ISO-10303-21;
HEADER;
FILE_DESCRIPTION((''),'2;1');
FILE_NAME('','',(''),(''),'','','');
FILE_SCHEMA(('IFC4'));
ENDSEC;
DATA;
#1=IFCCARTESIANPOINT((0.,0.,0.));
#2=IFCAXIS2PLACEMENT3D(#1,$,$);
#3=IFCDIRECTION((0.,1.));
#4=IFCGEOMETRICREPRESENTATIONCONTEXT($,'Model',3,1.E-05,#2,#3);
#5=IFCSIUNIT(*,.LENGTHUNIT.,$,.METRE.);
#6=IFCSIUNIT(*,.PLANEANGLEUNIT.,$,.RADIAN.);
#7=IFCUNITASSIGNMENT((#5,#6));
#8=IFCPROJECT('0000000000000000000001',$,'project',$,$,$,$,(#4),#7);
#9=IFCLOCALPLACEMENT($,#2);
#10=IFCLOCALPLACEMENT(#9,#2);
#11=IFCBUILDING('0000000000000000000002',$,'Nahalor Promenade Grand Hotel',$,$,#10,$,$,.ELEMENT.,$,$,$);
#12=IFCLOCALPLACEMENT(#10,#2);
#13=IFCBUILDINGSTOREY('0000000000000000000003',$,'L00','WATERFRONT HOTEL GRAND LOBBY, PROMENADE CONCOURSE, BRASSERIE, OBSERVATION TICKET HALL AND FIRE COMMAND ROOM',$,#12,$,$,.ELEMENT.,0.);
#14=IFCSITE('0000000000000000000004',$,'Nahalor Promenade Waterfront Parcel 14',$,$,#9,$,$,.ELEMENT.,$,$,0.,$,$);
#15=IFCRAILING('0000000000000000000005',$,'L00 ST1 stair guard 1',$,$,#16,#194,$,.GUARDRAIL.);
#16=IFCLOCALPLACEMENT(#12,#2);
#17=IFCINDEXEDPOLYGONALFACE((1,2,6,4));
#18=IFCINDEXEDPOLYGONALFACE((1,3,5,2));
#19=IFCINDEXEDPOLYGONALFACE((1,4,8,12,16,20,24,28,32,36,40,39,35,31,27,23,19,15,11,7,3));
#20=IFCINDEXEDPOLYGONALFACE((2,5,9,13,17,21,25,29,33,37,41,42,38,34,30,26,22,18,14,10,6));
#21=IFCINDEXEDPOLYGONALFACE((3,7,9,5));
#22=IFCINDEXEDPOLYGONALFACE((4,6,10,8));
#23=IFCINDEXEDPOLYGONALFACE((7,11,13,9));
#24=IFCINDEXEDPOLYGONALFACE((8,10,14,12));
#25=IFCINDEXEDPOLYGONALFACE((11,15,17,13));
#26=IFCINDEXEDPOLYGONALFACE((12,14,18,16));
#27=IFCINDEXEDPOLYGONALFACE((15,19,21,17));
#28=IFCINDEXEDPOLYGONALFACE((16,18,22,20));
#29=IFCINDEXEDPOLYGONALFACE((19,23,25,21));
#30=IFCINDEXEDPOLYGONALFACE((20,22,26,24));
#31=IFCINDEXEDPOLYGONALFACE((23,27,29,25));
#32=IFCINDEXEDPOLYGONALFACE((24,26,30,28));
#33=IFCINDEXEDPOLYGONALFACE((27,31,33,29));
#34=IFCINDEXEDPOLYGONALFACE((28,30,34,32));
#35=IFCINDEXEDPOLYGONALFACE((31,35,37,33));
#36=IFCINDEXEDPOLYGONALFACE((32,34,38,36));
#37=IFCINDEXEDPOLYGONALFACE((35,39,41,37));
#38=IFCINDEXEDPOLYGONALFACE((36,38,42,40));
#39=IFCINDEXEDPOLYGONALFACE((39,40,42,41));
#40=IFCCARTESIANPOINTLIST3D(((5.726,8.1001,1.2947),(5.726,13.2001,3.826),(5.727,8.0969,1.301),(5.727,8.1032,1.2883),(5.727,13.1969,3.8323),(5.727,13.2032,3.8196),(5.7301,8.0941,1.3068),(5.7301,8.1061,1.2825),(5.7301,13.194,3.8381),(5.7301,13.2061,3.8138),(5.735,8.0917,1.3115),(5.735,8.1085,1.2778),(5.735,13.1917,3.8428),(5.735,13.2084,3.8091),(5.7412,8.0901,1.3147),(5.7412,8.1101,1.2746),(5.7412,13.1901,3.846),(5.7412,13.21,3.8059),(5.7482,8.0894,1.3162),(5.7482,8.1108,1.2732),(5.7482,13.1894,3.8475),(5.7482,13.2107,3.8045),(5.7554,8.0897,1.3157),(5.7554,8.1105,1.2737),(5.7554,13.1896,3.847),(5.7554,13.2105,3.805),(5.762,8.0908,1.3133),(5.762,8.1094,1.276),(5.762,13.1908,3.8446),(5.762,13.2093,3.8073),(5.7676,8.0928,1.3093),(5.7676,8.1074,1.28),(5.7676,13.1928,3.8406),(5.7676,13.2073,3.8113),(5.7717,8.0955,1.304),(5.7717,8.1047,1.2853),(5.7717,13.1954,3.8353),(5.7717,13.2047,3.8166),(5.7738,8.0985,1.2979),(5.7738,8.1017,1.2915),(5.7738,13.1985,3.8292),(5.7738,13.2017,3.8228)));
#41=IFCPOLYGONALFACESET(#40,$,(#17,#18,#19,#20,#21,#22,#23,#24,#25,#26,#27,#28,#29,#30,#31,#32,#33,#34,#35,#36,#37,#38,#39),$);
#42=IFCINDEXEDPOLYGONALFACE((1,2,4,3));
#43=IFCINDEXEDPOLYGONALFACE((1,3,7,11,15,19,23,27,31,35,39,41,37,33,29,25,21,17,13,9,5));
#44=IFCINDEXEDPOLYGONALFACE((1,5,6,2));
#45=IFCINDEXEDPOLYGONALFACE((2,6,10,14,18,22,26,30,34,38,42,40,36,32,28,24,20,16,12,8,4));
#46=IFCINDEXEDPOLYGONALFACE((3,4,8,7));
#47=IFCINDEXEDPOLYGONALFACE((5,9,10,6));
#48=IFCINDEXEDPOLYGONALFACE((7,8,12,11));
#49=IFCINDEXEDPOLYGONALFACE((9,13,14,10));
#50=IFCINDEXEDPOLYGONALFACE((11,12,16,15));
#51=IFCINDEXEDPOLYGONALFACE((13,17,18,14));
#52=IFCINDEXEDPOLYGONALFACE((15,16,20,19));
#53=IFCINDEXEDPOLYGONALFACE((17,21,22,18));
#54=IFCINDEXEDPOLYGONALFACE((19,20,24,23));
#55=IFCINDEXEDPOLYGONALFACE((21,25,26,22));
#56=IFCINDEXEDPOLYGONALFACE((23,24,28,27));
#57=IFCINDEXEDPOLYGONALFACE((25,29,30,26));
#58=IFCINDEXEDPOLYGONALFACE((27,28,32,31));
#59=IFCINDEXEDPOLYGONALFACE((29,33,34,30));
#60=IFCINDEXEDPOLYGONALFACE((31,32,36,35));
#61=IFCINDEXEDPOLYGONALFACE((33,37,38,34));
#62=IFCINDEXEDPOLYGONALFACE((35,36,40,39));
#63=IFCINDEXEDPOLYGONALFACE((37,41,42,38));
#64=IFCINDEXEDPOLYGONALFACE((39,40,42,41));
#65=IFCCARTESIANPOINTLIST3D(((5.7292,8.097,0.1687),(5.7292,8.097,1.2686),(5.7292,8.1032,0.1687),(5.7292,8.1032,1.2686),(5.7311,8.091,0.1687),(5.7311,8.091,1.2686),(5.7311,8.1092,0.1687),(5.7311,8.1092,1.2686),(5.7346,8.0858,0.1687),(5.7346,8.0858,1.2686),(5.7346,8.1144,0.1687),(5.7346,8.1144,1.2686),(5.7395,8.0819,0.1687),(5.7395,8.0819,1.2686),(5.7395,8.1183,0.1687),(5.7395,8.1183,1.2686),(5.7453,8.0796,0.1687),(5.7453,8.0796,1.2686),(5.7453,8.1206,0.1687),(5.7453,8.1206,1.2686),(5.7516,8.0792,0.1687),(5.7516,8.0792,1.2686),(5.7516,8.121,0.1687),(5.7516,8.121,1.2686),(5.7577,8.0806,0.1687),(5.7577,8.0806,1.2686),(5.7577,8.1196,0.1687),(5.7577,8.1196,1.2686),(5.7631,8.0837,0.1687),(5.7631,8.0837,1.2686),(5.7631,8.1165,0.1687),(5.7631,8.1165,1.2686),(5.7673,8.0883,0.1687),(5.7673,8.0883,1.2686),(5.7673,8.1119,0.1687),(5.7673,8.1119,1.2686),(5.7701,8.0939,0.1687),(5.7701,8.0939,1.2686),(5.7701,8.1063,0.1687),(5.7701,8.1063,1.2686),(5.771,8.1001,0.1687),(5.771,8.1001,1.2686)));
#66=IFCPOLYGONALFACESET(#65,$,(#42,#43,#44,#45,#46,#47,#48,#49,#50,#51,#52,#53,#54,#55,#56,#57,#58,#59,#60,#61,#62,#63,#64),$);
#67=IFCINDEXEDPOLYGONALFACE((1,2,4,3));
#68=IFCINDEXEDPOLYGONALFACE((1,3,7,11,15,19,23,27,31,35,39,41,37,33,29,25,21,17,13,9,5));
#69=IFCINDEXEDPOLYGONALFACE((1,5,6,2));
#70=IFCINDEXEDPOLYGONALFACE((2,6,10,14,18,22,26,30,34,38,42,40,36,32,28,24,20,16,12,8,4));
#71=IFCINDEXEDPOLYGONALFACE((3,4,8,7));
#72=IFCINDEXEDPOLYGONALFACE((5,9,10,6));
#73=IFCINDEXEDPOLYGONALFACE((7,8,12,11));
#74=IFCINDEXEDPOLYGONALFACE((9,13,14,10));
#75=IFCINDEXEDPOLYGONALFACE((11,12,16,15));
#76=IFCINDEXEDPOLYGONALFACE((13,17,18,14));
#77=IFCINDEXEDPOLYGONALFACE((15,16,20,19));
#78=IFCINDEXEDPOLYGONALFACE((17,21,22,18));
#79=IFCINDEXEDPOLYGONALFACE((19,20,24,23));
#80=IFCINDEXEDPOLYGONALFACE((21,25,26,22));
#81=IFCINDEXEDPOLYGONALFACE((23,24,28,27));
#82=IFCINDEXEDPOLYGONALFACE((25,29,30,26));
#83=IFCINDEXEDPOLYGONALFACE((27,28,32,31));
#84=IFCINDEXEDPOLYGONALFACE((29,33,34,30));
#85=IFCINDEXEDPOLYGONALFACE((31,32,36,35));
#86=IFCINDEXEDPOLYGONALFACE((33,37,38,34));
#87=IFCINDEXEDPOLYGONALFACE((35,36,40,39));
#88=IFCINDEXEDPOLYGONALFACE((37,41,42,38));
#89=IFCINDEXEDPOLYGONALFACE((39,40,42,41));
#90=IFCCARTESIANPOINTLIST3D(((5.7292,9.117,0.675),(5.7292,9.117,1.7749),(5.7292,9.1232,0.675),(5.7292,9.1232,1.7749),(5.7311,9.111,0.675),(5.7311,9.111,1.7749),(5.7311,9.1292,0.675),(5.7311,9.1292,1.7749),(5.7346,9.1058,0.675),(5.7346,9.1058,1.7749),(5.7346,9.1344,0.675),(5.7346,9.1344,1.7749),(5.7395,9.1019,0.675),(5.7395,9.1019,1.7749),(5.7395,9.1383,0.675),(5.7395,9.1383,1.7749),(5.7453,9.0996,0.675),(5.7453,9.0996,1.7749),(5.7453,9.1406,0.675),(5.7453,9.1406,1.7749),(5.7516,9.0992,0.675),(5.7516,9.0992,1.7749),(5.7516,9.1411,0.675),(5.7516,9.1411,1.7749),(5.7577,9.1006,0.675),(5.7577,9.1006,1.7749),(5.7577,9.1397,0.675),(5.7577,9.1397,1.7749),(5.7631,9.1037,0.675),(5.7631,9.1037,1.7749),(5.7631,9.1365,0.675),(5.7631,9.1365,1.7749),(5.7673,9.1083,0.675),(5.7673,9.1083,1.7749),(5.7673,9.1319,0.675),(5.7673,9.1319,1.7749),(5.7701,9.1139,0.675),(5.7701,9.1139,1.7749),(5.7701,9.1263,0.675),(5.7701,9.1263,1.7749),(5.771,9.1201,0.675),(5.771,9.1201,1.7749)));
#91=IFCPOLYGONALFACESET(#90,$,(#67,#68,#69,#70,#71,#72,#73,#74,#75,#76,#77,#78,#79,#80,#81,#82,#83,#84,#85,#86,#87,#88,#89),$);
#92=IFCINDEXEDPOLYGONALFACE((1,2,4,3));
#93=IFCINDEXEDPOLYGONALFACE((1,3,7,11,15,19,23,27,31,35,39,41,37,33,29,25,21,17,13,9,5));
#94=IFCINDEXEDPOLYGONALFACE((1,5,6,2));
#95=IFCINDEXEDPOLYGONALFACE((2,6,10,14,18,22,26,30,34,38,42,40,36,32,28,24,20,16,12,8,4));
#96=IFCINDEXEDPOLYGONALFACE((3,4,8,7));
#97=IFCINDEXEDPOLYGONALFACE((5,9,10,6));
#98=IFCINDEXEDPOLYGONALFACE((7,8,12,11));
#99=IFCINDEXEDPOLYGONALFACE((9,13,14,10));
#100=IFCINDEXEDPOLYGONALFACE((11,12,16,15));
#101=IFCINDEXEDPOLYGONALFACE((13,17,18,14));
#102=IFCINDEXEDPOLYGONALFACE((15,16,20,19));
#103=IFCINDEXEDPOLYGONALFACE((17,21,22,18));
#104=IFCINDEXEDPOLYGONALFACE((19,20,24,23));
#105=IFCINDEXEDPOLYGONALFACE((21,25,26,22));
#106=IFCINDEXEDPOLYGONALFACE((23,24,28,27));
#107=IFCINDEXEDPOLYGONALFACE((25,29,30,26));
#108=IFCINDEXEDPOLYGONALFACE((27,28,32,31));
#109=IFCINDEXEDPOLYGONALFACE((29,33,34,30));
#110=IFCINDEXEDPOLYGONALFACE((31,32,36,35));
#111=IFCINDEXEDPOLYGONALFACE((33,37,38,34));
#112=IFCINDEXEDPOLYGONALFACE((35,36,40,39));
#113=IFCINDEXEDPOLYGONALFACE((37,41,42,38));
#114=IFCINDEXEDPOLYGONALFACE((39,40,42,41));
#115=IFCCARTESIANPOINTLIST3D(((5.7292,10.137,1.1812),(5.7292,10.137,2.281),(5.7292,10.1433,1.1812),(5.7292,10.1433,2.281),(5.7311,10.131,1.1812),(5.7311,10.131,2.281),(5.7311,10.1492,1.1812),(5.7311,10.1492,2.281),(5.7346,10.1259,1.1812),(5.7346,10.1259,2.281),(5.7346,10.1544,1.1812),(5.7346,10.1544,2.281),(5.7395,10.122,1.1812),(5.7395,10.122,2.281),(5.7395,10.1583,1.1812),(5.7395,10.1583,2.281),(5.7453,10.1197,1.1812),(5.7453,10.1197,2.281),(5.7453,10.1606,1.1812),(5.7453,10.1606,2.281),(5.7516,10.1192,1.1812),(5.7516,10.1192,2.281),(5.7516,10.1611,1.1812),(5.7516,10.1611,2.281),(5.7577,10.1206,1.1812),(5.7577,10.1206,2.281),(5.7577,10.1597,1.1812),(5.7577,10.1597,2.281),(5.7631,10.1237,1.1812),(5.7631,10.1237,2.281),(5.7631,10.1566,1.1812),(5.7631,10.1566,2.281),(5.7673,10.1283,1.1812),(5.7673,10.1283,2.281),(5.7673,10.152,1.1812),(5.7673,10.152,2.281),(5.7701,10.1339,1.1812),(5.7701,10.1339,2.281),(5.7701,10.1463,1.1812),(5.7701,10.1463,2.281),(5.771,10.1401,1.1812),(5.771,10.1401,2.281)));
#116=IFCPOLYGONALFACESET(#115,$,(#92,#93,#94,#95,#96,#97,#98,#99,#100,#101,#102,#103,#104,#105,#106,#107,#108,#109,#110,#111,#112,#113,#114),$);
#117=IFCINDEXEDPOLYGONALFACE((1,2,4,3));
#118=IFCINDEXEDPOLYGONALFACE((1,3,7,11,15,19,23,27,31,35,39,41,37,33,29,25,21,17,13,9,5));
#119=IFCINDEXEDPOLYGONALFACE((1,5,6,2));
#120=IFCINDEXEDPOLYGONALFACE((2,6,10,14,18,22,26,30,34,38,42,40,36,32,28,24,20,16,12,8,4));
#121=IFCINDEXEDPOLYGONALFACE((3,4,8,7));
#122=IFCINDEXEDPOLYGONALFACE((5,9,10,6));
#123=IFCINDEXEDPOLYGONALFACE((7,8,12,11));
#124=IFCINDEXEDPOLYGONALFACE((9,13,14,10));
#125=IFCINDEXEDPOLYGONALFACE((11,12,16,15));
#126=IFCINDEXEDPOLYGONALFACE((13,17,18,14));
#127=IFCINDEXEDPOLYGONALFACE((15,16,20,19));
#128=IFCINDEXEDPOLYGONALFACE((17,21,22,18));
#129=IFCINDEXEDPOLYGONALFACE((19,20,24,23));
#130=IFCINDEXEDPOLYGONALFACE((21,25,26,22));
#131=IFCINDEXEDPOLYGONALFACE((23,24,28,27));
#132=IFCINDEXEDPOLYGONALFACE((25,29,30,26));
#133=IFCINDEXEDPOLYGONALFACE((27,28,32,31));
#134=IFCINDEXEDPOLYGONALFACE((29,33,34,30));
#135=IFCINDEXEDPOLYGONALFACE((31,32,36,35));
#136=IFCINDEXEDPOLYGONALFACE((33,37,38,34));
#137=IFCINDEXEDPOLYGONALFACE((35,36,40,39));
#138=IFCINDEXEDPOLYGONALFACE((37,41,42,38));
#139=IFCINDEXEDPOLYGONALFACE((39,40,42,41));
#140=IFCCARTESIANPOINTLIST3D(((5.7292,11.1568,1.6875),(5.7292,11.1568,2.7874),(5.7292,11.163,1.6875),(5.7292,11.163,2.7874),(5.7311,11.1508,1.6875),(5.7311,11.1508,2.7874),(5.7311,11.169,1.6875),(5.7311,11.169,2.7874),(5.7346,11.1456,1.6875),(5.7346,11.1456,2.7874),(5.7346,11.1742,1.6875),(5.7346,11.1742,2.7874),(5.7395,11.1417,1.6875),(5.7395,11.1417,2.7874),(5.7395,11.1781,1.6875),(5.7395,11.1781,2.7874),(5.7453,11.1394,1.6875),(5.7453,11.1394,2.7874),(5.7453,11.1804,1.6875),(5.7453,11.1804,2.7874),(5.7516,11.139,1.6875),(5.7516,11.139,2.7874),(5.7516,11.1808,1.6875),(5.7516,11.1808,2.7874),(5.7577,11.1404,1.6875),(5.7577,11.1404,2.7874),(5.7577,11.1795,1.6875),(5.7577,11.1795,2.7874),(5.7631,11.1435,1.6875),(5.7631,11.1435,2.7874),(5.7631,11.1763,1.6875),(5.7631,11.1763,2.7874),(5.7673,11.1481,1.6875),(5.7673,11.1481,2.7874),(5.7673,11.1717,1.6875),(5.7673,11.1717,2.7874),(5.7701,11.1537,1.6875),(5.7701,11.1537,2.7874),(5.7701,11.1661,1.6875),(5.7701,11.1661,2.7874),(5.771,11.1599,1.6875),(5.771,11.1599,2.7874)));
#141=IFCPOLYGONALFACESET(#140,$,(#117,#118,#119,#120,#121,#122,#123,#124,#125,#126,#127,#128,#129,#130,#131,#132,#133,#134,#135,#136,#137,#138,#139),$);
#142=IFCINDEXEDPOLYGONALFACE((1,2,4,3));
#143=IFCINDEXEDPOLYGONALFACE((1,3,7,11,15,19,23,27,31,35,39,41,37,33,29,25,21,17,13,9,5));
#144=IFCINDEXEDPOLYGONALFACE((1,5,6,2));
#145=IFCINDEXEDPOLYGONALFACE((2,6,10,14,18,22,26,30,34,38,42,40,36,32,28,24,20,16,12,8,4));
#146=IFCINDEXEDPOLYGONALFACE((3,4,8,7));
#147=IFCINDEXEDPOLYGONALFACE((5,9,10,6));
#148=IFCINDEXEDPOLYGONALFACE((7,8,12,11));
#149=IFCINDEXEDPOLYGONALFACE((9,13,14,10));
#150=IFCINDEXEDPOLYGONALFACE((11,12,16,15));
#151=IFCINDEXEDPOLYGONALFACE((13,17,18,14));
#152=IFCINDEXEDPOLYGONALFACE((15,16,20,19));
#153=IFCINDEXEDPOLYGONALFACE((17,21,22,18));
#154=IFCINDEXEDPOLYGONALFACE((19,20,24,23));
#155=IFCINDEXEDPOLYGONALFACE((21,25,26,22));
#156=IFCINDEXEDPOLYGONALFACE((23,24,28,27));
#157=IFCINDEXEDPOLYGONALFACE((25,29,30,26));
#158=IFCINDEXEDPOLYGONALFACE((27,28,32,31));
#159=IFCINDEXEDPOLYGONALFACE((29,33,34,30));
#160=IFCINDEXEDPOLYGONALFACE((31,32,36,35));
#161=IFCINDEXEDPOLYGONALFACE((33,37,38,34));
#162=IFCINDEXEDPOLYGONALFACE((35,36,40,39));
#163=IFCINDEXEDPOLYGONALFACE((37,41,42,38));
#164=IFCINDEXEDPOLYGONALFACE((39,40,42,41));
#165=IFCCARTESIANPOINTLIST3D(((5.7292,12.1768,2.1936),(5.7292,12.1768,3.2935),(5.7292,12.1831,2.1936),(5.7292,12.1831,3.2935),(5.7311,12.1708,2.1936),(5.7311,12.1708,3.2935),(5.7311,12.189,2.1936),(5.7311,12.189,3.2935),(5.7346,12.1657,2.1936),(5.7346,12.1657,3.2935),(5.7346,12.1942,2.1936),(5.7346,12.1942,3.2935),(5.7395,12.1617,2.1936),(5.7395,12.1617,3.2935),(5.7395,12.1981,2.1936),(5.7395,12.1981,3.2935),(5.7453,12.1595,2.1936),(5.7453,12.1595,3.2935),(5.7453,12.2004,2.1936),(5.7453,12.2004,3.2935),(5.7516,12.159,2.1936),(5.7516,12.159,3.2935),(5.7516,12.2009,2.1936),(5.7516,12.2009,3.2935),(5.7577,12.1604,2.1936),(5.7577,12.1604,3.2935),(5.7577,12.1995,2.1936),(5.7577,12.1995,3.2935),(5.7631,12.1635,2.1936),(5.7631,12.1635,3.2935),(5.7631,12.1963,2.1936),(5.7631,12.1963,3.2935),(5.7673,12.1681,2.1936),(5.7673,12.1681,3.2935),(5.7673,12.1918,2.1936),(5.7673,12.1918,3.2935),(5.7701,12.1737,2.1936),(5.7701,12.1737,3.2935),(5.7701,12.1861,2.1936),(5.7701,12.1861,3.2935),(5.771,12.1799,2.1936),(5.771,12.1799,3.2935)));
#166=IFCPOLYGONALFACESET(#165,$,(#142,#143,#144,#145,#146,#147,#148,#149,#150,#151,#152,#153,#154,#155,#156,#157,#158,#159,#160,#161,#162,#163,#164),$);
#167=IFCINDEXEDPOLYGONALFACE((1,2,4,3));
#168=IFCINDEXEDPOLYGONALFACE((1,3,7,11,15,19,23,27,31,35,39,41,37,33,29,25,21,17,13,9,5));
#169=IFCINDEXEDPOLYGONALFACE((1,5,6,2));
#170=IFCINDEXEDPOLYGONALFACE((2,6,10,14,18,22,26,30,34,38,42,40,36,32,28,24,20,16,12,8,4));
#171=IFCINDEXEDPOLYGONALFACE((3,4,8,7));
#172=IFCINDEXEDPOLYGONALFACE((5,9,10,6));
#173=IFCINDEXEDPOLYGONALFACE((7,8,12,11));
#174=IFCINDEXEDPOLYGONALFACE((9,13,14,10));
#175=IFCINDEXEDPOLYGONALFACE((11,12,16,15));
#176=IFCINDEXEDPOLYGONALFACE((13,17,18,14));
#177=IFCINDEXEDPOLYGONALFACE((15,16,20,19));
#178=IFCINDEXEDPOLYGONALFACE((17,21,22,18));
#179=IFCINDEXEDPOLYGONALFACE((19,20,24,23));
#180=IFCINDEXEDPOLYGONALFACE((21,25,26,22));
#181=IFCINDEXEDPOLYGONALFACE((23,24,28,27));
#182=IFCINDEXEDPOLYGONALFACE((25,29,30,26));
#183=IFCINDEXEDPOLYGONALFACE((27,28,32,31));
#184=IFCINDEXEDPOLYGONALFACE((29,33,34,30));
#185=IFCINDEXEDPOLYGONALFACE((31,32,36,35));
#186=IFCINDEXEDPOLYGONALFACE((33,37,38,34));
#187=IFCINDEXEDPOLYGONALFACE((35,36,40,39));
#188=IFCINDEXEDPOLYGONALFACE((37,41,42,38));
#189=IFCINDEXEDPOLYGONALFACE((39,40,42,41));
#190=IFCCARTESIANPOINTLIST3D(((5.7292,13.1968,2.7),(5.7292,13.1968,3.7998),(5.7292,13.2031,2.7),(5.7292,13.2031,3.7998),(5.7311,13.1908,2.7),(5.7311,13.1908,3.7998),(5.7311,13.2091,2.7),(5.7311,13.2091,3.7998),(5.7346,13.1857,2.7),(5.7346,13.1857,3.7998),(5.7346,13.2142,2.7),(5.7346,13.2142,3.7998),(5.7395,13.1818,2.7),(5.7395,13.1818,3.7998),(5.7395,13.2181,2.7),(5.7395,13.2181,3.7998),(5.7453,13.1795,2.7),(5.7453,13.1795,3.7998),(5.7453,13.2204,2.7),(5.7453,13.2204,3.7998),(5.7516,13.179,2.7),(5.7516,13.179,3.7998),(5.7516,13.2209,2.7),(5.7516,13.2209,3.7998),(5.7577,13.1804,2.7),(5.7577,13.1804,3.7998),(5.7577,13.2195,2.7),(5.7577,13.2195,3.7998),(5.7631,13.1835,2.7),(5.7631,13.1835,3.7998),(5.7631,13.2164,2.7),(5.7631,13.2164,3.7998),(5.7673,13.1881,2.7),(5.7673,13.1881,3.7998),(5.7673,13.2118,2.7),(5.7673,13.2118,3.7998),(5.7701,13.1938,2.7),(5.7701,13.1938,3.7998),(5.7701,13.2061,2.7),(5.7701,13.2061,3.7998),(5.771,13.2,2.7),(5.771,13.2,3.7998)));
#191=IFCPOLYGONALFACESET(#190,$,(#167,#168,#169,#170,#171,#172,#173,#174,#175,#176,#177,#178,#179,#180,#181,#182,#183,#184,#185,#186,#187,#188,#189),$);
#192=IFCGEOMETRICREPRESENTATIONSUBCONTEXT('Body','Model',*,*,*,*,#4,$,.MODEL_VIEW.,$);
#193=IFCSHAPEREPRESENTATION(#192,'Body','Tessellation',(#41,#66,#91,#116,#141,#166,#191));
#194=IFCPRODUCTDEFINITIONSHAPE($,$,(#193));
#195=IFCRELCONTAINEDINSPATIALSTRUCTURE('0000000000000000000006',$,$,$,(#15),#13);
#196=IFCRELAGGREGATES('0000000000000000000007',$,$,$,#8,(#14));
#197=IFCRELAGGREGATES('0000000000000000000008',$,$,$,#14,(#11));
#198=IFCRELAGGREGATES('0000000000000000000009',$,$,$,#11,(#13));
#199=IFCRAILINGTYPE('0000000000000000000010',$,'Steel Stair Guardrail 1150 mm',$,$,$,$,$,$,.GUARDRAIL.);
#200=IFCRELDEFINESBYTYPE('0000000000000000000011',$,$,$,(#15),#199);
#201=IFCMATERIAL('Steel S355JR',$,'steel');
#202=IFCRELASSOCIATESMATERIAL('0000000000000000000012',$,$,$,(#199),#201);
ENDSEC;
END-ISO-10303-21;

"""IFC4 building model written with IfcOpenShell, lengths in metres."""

from ifc_helpers import new_model, si_unit, direction, frame, origin, origin_2d, place, context, subcontext, project, spatial, circle, extrude, material, type_object, element, save


model = new_model("IFC4")

# Units and contexts
model_context = context("Model", 3, precision=1e-05, world=origin(), true_north=direction((0.0, 1.0)))
body_context = subcontext(model_context, "Body", "Model", "MODEL_VIEW")
ifc_project = project(units=[si_unit("LENGTHUNIT", "METRE"), si_unit("PLANEANGLEUNIT", "RADIAN")], contexts=[model_context])

# Site, building, storey
site_placement = place(None, origin())
site = spatial("IfcSite", under=ifc_project, at=site_placement, Name="Nahalor Promenade Waterfront Parcel 14", CompositionType="ELEMENT", RefElevation=0.0)
building_placement = place(site_placement, origin())
building = spatial("IfcBuilding", under=site, at=building_placement, Name="Nahalor Promenade Grand Hotel", CompositionType="ELEMENT")
storey_placement = place(building_placement, origin())
storey = spatial("IfcBuildingStorey", under=building, at=storey_placement, Name="L00", Description="WATERFRONT HOTEL GRAND LOBBY, PROMENADE CONCOURSE, BRASSERIE, OBSERVATION TICKET HALL AND FIRE COMMAND ROOM", CompositionType="ELEMENT", Elevation=0.0)

# Shared definitions
ifc_material_1 = material(Name="Steel S355JR", Category="steel")

# Railing
railing_type_1 = type_object("IfcRailingType", Name="Steel Stair Guardrail 1150 mm", PredefinedType="GUARDRAIL", material=ifc_material_1)
railing_1_placement = place(storey_placement, frame((5.75, 8.1001, 0.1687)))
element("IfcRailing", 1, at=railing_1_placement, inside=storey, type_object=railing_type_1, Name="L00 ST1 stair guard 1", PredefinedType="GUARDRAIL", context=body_context, shape_type="SweptSolid", body=[
    extrude(circle(Radius=0.024, at=origin_2d()), frame((0.0, 0.0, 1.126), z_axis=(0.0, 0.895735, 0.444587), x_axis=(-1.0, 0.0, 0.0)), (0.0, 0.0, 1.0), 5.6936),
    extrude(circle(Radius=0.021, at=origin_2d()), origin(), (0.0, 0.0, 1.0), 1.0999),
    extrude(circle(Radius=0.021, at=origin_2d()), frame((0.0, 1.02, 0.5063)), (0.0, 0.0, 1.0), 1.0999),
    extrude(circle(Radius=0.021, at=origin_2d()), frame((0.0, 2.04, 1.0125)), (0.0, 0.0, 1.0), 1.0999),
    extrude(circle(Radius=0.021, at=origin_2d()), frame((0.0, 3.0598, 1.5188)), (0.0, 0.0, 1.0), 1.0999),
    extrude(circle(Radius=0.021, at=origin_2d()), frame((0.0, 4.0798, 2.0249)), (0.0, 0.0, 1.0), 1.0999),
    extrude(circle(Radius=0.021, at=origin_2d()), frame((0.0, 5.0999, 2.5312)), (0.0, 0.0, 1.0), 1.0999),
])

save(model, "model.ifc")
